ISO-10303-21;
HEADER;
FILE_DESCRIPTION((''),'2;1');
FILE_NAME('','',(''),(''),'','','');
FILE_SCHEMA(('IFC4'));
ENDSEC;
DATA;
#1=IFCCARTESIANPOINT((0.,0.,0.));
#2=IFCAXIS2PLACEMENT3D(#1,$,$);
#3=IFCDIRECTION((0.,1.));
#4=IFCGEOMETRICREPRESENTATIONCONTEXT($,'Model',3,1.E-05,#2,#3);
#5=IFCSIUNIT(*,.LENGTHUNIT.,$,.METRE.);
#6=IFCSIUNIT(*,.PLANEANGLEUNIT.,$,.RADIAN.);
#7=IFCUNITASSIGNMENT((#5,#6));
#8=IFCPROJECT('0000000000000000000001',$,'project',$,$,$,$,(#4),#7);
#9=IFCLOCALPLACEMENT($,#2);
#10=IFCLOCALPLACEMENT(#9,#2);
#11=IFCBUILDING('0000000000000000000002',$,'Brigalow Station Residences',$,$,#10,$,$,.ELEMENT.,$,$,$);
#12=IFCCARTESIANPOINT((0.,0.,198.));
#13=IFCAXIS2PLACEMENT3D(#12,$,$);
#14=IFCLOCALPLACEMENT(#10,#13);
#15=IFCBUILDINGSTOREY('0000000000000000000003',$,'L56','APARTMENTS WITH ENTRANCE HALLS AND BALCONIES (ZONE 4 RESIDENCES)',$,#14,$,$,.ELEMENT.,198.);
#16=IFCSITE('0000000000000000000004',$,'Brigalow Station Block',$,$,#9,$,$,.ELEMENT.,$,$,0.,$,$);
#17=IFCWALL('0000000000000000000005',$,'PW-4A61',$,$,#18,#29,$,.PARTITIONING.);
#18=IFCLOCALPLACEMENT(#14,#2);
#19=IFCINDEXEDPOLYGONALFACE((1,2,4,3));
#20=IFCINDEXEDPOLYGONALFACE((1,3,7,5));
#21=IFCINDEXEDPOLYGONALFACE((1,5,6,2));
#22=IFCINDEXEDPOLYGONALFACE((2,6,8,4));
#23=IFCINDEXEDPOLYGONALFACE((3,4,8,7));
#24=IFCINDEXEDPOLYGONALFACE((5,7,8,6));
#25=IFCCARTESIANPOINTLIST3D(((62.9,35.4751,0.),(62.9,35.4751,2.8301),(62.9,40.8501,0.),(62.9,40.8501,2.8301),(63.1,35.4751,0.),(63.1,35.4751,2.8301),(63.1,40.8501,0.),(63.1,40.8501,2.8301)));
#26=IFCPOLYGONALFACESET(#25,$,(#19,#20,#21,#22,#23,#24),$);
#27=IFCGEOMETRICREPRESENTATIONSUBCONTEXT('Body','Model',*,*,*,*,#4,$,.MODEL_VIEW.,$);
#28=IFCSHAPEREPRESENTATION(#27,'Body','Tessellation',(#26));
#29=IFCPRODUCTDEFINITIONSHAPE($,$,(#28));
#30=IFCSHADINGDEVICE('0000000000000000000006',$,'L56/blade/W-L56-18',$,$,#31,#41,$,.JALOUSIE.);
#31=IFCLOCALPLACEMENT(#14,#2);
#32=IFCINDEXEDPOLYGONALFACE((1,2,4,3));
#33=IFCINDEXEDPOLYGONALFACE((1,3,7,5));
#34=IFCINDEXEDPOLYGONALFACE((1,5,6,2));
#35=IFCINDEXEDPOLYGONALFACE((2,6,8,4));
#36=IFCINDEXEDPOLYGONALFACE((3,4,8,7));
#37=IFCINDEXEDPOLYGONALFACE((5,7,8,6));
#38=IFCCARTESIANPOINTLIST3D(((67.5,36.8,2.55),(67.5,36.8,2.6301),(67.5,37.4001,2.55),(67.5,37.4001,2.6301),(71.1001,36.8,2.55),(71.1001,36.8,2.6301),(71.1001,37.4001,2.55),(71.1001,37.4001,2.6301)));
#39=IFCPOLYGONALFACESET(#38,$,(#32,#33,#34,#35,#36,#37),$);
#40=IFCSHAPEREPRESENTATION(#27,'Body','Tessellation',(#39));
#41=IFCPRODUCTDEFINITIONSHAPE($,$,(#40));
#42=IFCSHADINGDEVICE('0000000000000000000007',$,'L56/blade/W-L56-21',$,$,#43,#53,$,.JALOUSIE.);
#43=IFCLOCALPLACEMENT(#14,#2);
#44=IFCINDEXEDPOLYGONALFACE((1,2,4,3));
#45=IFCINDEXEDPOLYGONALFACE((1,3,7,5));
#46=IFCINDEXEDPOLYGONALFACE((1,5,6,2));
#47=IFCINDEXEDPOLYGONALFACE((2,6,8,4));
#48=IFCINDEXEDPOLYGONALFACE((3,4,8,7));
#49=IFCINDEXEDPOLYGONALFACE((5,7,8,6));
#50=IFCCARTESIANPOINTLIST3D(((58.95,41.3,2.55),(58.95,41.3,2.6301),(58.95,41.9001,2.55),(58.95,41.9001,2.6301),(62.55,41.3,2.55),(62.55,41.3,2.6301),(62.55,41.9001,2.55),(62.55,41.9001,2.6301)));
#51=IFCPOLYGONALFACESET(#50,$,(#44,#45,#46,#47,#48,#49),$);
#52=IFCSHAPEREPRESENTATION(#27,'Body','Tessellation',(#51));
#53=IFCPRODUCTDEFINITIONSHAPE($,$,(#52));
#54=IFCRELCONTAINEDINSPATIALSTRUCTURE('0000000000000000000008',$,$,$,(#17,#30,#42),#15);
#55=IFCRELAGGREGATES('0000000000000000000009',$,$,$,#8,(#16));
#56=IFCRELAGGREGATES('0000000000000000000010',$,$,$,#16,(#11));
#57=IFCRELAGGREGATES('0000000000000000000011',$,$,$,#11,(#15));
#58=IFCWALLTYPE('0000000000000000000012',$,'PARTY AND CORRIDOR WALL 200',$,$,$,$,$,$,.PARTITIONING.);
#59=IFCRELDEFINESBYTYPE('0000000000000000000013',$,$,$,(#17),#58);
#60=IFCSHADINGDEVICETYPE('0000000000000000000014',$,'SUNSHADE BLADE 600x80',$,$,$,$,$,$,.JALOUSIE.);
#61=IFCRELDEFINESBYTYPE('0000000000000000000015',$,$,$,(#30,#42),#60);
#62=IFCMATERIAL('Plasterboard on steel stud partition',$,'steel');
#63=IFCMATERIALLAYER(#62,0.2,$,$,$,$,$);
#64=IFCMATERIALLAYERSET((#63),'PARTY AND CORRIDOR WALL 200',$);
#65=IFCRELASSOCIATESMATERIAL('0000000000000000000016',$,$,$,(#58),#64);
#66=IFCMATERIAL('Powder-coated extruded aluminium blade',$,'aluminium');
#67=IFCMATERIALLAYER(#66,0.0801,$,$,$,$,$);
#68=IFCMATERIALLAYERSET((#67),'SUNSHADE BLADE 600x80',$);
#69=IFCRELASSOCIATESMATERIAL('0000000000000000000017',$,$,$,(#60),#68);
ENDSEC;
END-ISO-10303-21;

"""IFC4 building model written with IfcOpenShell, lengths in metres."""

from ifc_helpers import new_model, si_unit, direction, frame, frame_2d, origin, origin_2d, place, context, subcontext, project, spatial, rectangle, extrude, material, layer, layer_set, type_object, element, save


model = new_model("IFC4")

# Units and contexts
model_context = context("Model", 3, precision=1e-05, world=origin(), true_north=direction((0.0, 1.0)))
body_context = subcontext(model_context, "Body", "Model", "MODEL_VIEW")
ifc_project = project(units=[si_unit("LENGTHUNIT", "METRE"), si_unit("PLANEANGLEUNIT", "RADIAN")], contexts=[model_context])

# Site, building, storey
site_placement = place(None, origin())
site = spatial("IfcSite", under=ifc_project, at=site_placement, Name="Brigalow Station Block", CompositionType="ELEMENT", RefElevation=0.0)
building_placement = place(site_placement, origin())
building = spatial("IfcBuilding", under=site, at=building_placement, Name="Brigalow Station Residences", CompositionType="ELEMENT")
storey_placement = place(building_placement, frame((0.0, 0.0, 198.0)))
storey = spatial("IfcBuildingStorey", under=building, at=storey_placement, Name="L56", Description="APARTMENTS WITH ENTRANCE HALLS AND BALCONIES (ZONE 4 RESIDENCES)", CompositionType="ELEMENT", Elevation=198.0)

# Wall
ifc_material_1 = material(Name="Plasterboard on steel stud partition", Category="steel")
ifc_layer_1 = layer(ifc_material_1, 0.2)
ifc_layer_set_1 = layer_set([ifc_layer_1], Name="PARTY AND CORRIDOR WALL 200")
wall_type_1 = type_object("IfcWallType", Name="PARTY AND CORRIDOR WALL 200", PredefinedType="PARTITIONING", material=ifc_layer_set_1)
wall_1_placement = place(storey_placement, frame((63.0, 35.4751, 0.0), z_axis=(0.0, 0.0, 1.0), x_axis=(0.0, 1.0, 0.0)))
element("IfcWall", 1, at=wall_1_placement, inside=storey, type_object=wall_type_1, Name="PW-4A61", PredefinedType="PARTITIONING", context=body_context, shape_type="SweptSolid", body=[
    extrude(rectangle(XDim=5.375, YDim=0.2, at=frame_2d((2.6875, 0.0))), origin(), (0.0, 0.0, 1.0), 2.8301),
])

# Shading devices
ifc_material_2 = material(Name="Powder-coated extruded aluminium blade", Category="aluminium")
ifc_layer_2 = layer(ifc_material_2, 0.0801)
ifc_layer_set_2 = layer_set([ifc_layer_2], Name="SUNSHADE BLADE 600x80")
shading_device_type = type_object("IfcShadingDeviceType", Name="SUNSHADE BLADE 600x80", PredefinedType="JALOUSIE", material=ifc_layer_set_2)
for number, where, z_axis, x_axis, name in (
    (2, (69.3, 37.1001, 2.55), (0.0, 0.0, 1.0), (-1.0, 0.0, 0.0), "L56/blade/W-L56-18"),
    (3, (60.75, 41.6001, 2.55), (0.0, 0.0, 1.0), (-1.0, 0.0, 0.0), "L56/blade/W-L56-21"),
):
    element("IfcShadingDevice", number, at=place(storey_placement, frame(where, z_axis=z_axis, x_axis=x_axis)), inside=storey, type_object=shading_device_type, Name=name, PredefinedType="JALOUSIE", context=body_context, shape_type="SweptSolid", body=[
        extrude(rectangle(XDim=3.6001, YDim=0.6001, at=origin_2d()), origin(), (0.0, 0.0, 1.0), 0.0801),
    ])

save(model, "model.ifc")
